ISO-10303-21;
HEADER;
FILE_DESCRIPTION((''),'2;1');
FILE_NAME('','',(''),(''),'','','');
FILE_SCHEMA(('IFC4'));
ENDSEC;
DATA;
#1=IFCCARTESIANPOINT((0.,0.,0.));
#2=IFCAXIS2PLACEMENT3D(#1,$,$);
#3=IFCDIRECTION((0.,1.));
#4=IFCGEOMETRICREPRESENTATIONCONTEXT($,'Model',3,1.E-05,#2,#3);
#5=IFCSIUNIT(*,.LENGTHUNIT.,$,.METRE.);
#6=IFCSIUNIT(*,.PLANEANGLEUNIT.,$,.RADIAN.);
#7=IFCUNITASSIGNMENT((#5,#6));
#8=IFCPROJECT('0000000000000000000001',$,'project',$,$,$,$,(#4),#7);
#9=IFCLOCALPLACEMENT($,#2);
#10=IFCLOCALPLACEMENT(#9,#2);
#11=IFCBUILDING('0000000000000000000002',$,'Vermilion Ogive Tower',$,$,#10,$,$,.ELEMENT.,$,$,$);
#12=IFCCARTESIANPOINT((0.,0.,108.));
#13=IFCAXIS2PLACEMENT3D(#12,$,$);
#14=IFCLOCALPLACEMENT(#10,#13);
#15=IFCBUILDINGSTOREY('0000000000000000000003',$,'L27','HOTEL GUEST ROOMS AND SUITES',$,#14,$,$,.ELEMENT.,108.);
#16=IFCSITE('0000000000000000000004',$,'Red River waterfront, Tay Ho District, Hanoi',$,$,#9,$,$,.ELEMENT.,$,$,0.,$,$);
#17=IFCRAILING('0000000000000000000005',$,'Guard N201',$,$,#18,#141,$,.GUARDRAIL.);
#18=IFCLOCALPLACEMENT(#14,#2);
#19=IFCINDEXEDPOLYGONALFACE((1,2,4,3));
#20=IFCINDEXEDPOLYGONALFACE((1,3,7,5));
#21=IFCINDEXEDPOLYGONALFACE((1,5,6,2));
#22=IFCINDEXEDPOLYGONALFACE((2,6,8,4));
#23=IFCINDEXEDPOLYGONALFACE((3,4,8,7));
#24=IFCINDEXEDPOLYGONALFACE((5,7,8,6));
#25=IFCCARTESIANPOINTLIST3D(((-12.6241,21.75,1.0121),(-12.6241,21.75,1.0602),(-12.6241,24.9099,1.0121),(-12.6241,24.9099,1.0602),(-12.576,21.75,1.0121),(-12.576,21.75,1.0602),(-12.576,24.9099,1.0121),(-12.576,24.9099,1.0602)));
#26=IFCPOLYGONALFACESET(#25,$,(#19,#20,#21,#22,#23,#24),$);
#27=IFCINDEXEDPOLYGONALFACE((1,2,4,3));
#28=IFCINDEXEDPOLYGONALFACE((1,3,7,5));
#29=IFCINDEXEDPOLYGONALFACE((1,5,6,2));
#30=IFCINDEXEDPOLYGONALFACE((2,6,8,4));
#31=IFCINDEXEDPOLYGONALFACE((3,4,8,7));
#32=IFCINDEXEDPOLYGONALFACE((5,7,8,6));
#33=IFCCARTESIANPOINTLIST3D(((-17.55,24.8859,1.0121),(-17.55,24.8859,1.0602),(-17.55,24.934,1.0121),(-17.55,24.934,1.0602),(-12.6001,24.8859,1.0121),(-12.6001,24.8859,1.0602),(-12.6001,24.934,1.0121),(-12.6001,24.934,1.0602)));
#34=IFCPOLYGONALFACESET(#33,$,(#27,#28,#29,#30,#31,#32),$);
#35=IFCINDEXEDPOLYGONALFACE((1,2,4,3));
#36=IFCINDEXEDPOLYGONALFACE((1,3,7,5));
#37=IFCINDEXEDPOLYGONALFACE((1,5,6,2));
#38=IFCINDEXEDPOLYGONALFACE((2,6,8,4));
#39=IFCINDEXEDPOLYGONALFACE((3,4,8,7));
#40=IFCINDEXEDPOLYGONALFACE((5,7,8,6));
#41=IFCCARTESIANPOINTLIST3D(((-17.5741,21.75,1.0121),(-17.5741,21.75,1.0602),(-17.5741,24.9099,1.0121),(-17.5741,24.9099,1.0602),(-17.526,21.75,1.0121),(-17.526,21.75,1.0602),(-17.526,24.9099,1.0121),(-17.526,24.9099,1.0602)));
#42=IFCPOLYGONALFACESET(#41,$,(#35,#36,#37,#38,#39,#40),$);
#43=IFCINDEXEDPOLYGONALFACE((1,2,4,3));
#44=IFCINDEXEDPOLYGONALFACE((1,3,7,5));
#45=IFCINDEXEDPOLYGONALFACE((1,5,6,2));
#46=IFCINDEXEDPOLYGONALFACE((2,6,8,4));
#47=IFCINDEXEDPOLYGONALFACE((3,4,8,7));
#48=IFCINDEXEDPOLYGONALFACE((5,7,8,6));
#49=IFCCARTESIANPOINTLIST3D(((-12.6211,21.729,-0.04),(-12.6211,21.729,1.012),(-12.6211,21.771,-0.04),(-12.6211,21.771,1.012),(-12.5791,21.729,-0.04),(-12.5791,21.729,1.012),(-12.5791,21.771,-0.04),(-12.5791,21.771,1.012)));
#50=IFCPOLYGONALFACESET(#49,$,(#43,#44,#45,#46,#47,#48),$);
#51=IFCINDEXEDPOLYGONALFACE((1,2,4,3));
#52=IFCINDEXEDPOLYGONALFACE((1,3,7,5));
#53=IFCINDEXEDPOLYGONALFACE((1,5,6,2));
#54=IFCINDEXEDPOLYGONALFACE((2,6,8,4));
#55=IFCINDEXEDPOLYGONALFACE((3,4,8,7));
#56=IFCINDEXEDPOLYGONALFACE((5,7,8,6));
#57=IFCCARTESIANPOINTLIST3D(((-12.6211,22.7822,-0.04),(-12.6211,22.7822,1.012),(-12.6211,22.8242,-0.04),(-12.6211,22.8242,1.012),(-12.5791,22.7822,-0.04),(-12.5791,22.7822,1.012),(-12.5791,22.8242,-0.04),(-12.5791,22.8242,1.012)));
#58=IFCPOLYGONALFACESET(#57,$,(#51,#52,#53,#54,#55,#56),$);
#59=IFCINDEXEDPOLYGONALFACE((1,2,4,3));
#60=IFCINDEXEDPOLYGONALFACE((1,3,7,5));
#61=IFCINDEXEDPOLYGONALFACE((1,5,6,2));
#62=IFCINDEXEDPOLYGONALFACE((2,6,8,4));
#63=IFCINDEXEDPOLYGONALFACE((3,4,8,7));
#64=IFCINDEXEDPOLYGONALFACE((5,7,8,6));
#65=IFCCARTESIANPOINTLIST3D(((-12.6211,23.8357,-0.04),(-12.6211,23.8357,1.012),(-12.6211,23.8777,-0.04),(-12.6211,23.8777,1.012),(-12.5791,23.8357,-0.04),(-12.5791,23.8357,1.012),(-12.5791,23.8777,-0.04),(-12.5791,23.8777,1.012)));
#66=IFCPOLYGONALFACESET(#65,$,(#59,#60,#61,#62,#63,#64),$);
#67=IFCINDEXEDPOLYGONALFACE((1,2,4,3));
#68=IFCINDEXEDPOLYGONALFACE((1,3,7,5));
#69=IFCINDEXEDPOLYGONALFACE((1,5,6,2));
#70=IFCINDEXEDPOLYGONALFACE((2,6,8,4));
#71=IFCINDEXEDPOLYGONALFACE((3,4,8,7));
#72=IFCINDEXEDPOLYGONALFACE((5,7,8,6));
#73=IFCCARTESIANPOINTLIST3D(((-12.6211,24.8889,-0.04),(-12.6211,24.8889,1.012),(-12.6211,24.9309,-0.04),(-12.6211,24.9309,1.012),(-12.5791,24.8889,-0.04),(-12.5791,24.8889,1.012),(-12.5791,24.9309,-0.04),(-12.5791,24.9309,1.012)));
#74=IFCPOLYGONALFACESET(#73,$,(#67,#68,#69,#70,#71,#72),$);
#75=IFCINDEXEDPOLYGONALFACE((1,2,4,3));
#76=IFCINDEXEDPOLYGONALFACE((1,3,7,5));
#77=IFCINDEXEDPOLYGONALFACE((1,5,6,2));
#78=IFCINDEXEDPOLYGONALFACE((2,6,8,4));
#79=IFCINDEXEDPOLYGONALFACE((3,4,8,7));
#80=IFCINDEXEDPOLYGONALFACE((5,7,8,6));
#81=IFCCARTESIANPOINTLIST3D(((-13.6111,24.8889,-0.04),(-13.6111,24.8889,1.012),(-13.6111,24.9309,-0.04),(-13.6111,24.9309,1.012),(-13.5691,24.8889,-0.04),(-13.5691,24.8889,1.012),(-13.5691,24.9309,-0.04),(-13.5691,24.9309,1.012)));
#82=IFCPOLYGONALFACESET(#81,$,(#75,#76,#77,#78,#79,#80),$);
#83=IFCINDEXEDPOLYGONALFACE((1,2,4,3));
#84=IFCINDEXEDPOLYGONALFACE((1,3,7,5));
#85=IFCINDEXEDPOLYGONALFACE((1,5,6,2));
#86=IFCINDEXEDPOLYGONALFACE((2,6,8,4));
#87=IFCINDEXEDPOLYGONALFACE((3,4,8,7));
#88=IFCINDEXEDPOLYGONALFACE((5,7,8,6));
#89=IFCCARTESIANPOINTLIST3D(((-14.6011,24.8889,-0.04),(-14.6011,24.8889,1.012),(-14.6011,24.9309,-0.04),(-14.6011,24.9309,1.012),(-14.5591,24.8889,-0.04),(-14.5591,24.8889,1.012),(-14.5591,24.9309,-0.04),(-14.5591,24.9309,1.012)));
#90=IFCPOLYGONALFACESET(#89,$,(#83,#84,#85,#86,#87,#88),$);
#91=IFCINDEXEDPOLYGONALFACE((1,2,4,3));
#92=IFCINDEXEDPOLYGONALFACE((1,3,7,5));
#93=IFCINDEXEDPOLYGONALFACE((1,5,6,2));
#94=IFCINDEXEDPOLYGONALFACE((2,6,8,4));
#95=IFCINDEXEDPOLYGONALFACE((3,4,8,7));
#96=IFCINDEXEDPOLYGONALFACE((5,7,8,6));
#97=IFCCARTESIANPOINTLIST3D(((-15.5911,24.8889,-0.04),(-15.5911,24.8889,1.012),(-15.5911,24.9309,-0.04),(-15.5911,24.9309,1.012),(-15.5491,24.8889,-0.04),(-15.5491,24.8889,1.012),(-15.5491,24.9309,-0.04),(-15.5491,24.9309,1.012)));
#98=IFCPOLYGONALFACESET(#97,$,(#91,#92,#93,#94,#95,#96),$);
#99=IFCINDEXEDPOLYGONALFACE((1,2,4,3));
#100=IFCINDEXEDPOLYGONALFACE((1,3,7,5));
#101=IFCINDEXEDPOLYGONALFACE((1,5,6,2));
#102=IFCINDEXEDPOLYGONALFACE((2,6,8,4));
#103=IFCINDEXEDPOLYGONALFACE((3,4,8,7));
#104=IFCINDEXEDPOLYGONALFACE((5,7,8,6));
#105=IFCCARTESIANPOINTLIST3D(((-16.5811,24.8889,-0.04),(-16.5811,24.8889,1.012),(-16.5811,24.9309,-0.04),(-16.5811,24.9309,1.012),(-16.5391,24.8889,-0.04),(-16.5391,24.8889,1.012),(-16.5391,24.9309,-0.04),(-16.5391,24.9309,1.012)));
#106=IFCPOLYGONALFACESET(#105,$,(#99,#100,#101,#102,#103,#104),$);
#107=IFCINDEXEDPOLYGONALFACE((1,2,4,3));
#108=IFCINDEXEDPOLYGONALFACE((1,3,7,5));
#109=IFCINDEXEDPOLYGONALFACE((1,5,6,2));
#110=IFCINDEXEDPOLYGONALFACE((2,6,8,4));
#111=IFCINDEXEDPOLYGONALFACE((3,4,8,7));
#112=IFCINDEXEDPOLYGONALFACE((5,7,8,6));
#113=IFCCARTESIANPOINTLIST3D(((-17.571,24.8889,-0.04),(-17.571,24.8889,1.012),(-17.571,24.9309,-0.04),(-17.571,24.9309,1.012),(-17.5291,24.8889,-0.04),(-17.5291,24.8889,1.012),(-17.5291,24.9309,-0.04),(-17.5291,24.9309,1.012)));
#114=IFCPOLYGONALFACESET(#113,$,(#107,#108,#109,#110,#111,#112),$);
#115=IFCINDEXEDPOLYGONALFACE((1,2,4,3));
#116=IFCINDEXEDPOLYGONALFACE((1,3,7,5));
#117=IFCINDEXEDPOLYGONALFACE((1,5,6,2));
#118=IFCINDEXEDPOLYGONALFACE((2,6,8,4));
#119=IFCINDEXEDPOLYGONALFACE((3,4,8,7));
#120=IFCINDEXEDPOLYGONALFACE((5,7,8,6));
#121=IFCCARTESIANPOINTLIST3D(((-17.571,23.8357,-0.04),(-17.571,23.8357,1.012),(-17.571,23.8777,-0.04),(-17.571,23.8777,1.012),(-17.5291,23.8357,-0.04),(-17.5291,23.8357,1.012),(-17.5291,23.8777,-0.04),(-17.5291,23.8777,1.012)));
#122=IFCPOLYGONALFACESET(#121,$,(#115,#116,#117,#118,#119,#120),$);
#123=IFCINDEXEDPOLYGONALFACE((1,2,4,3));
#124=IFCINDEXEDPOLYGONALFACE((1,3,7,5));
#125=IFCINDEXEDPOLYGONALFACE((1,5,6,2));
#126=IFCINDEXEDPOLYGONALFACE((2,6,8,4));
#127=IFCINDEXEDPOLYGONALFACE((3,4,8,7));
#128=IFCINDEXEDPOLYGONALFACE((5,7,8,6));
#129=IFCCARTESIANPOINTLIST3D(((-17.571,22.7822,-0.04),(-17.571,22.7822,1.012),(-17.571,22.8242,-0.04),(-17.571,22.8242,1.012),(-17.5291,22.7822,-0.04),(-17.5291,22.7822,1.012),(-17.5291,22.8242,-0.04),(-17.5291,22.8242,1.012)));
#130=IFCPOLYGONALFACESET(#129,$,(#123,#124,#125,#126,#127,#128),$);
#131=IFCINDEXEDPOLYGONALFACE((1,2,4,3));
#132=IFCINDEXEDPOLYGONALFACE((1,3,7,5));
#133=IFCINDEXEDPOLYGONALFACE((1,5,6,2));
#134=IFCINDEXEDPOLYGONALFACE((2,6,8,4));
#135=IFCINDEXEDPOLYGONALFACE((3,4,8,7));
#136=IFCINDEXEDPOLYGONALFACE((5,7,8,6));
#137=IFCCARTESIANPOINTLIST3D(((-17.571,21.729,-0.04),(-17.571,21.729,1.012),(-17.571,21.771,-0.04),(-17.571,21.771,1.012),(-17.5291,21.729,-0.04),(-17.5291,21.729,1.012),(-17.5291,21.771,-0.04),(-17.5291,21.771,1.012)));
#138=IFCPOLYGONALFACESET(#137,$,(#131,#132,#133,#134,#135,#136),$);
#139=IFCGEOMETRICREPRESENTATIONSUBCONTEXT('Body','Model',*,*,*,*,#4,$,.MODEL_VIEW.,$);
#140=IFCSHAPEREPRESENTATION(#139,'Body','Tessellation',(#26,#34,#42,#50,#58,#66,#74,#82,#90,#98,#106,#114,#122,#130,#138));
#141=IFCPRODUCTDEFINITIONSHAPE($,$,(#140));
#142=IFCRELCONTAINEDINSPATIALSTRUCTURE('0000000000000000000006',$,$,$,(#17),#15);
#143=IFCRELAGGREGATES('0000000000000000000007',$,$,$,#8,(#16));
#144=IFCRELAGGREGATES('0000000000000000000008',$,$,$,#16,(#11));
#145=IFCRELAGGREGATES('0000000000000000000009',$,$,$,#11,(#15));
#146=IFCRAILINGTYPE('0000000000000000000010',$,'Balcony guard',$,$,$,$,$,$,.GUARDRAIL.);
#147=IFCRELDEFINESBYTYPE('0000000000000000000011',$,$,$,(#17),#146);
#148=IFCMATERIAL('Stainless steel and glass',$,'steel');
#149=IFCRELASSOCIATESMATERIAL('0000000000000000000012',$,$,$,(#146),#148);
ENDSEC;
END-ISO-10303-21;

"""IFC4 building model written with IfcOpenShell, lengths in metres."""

from ifc_helpers import new_model, si_unit, direction, frame, origin, origin_2d, place, context, subcontext, project, spatial, rectangle, extrude, material, type_object, element, save


model = new_model("IFC4")

# Units and contexts
model_context = context("Model", 3, precision=1e-05, world=origin(), true_north=direction((0.0, 1.0)))
body_context = subcontext(model_context, "Body", "Model", "MODEL_VIEW")
ifc_project = project(units=[si_unit("LENGTHUNIT", "METRE"), si_unit("PLANEANGLEUNIT", "RADIAN")], contexts=[model_context])

# Site, building, storey
site_placement = place(None, origin())
site = spatial("IfcSite", under=ifc_project, at=site_placement, Name="Red River waterfront, Tay Ho District, Hanoi", CompositionType="ELEMENT", RefElevation=0.0)
building_placement = place(site_placement, origin())
building = spatial("IfcBuilding", under=site, at=building_placement, Name="Vermilion Ogive Tower", CompositionType="ELEMENT")
storey_placement = place(building_placement, frame((0.0, 0.0, 108.0)))
storey = spatial("IfcBuildingStorey", under=building, at=storey_placement, Name="L27", Description="HOTEL GUEST ROOMS AND SUITES", CompositionType="ELEMENT", Elevation=108.0)

# Railing
ifc_material_1 = material(Name="Stainless steel and glass", Category="steel")
railing_type = type_object("IfcRailingType", Name="Balcony guard", PredefinedType="GUARDRAIL", material=ifc_material_1)
railing_placement = place(storey_placement, frame((-12.6001, 21.75, -0.04)))
element("IfcRailing", 1, at=railing_placement, inside=storey, type_object=railing_type, Name="Guard N201", PredefinedType="GUARDRAIL", context=body_context, shape_type="SweptSolid", body=[
    extrude(rectangle(XDim=0.0481, YDim=0.0481, at=origin_2d()), frame((0.0, 0.0, 1.0762), z_axis=(0.0, 1.0, 0.0), x_axis=(-1.0, 0.0, 0.0)), (0.0, 0.0, 1.0), 3.1599),
    extrude(rectangle(XDim=0.0481, YDim=0.0481, at=origin_2d()), frame((0.0, 3.1599, 1.0762), z_axis=(-1.0, 0.0, 0.0), x_axis=(0.0, -1.0, 0.0)), (0.0, 0.0, 1.0), 4.95),
    extrude(rectangle(XDim=0.0481, YDim=0.0481, at=origin_2d()), frame((-4.95, 3.1599, 1.0762), z_axis=(0.0, -1.0, 0.0), x_axis=(1.0, 0.0, 0.0)), (0.0, 0.0, 1.0), 3.1599),
    extrude(rectangle(XDim=0.042, YDim=0.042, at=origin_2d()), origin(), (0.0, 0.0, 1.0), 1.052),
    extrude(rectangle(XDim=0.042, YDim=0.042, at=origin_2d()), frame((0.0, 1.0532, 0.0)), (0.0, 0.0, 1.0), 1.052),
    extrude(rectangle(XDim=0.042, YDim=0.042, at=origin_2d()), frame((0.0, 2.1067, 0.0)), (0.0, 0.0, 1.0), 1.052),
    extrude(rectangle(XDim=0.042, YDim=0.042, at=origin_2d()), frame((0.0, 3.1599, 0.0)), (0.0, 0.0, 1.0), 1.052),
    extrude(rectangle(XDim=0.042, YDim=0.042, at=origin_2d()), frame((-0.99, 3.1599, 0.0)), (0.0, 0.0, 1.0), 1.052),
    extrude(rectangle(XDim=0.042, YDim=0.042, at=origin_2d()), frame((-1.98, 3.1599, 0.0)), (0.0, 0.0, 1.0), 1.052),
    extrude(rectangle(XDim=0.042, YDim=0.042, at=origin_2d()), frame((-2.97, 3.1599, 0.0)), (0.0, 0.0, 1.0), 1.052),
    extrude(rectangle(XDim=0.042, YDim=0.042, at=origin_2d()), frame((-3.96, 3.1599, 0.0)), (0.0, 0.0, 1.0), 1.052),
    extrude(rectangle(XDim=0.042, YDim=0.042, at=origin_2d()), frame((-4.95, 3.1599, 0.0)), (0.0, 0.0, 1.0), 1.052),
    extrude(rectangle(XDim=0.042, YDim=0.042, at=origin_2d()), frame((-4.95, 2.1067, 0.0)), (0.0, 0.0, 1.0), 1.052),
    extrude(rectangle(XDim=0.042, YDim=0.042, at=origin_2d()), frame((-4.95, 1.0532, 0.0)), (0.0, 0.0, 1.0), 1.052),
    extrude(rectangle(XDim=0.042, YDim=0.042, at=origin_2d()), frame((-4.95, 0.0, 0.0)), (0.0, 0.0, 1.0), 1.052),
])

save(model, "model.ifc")
